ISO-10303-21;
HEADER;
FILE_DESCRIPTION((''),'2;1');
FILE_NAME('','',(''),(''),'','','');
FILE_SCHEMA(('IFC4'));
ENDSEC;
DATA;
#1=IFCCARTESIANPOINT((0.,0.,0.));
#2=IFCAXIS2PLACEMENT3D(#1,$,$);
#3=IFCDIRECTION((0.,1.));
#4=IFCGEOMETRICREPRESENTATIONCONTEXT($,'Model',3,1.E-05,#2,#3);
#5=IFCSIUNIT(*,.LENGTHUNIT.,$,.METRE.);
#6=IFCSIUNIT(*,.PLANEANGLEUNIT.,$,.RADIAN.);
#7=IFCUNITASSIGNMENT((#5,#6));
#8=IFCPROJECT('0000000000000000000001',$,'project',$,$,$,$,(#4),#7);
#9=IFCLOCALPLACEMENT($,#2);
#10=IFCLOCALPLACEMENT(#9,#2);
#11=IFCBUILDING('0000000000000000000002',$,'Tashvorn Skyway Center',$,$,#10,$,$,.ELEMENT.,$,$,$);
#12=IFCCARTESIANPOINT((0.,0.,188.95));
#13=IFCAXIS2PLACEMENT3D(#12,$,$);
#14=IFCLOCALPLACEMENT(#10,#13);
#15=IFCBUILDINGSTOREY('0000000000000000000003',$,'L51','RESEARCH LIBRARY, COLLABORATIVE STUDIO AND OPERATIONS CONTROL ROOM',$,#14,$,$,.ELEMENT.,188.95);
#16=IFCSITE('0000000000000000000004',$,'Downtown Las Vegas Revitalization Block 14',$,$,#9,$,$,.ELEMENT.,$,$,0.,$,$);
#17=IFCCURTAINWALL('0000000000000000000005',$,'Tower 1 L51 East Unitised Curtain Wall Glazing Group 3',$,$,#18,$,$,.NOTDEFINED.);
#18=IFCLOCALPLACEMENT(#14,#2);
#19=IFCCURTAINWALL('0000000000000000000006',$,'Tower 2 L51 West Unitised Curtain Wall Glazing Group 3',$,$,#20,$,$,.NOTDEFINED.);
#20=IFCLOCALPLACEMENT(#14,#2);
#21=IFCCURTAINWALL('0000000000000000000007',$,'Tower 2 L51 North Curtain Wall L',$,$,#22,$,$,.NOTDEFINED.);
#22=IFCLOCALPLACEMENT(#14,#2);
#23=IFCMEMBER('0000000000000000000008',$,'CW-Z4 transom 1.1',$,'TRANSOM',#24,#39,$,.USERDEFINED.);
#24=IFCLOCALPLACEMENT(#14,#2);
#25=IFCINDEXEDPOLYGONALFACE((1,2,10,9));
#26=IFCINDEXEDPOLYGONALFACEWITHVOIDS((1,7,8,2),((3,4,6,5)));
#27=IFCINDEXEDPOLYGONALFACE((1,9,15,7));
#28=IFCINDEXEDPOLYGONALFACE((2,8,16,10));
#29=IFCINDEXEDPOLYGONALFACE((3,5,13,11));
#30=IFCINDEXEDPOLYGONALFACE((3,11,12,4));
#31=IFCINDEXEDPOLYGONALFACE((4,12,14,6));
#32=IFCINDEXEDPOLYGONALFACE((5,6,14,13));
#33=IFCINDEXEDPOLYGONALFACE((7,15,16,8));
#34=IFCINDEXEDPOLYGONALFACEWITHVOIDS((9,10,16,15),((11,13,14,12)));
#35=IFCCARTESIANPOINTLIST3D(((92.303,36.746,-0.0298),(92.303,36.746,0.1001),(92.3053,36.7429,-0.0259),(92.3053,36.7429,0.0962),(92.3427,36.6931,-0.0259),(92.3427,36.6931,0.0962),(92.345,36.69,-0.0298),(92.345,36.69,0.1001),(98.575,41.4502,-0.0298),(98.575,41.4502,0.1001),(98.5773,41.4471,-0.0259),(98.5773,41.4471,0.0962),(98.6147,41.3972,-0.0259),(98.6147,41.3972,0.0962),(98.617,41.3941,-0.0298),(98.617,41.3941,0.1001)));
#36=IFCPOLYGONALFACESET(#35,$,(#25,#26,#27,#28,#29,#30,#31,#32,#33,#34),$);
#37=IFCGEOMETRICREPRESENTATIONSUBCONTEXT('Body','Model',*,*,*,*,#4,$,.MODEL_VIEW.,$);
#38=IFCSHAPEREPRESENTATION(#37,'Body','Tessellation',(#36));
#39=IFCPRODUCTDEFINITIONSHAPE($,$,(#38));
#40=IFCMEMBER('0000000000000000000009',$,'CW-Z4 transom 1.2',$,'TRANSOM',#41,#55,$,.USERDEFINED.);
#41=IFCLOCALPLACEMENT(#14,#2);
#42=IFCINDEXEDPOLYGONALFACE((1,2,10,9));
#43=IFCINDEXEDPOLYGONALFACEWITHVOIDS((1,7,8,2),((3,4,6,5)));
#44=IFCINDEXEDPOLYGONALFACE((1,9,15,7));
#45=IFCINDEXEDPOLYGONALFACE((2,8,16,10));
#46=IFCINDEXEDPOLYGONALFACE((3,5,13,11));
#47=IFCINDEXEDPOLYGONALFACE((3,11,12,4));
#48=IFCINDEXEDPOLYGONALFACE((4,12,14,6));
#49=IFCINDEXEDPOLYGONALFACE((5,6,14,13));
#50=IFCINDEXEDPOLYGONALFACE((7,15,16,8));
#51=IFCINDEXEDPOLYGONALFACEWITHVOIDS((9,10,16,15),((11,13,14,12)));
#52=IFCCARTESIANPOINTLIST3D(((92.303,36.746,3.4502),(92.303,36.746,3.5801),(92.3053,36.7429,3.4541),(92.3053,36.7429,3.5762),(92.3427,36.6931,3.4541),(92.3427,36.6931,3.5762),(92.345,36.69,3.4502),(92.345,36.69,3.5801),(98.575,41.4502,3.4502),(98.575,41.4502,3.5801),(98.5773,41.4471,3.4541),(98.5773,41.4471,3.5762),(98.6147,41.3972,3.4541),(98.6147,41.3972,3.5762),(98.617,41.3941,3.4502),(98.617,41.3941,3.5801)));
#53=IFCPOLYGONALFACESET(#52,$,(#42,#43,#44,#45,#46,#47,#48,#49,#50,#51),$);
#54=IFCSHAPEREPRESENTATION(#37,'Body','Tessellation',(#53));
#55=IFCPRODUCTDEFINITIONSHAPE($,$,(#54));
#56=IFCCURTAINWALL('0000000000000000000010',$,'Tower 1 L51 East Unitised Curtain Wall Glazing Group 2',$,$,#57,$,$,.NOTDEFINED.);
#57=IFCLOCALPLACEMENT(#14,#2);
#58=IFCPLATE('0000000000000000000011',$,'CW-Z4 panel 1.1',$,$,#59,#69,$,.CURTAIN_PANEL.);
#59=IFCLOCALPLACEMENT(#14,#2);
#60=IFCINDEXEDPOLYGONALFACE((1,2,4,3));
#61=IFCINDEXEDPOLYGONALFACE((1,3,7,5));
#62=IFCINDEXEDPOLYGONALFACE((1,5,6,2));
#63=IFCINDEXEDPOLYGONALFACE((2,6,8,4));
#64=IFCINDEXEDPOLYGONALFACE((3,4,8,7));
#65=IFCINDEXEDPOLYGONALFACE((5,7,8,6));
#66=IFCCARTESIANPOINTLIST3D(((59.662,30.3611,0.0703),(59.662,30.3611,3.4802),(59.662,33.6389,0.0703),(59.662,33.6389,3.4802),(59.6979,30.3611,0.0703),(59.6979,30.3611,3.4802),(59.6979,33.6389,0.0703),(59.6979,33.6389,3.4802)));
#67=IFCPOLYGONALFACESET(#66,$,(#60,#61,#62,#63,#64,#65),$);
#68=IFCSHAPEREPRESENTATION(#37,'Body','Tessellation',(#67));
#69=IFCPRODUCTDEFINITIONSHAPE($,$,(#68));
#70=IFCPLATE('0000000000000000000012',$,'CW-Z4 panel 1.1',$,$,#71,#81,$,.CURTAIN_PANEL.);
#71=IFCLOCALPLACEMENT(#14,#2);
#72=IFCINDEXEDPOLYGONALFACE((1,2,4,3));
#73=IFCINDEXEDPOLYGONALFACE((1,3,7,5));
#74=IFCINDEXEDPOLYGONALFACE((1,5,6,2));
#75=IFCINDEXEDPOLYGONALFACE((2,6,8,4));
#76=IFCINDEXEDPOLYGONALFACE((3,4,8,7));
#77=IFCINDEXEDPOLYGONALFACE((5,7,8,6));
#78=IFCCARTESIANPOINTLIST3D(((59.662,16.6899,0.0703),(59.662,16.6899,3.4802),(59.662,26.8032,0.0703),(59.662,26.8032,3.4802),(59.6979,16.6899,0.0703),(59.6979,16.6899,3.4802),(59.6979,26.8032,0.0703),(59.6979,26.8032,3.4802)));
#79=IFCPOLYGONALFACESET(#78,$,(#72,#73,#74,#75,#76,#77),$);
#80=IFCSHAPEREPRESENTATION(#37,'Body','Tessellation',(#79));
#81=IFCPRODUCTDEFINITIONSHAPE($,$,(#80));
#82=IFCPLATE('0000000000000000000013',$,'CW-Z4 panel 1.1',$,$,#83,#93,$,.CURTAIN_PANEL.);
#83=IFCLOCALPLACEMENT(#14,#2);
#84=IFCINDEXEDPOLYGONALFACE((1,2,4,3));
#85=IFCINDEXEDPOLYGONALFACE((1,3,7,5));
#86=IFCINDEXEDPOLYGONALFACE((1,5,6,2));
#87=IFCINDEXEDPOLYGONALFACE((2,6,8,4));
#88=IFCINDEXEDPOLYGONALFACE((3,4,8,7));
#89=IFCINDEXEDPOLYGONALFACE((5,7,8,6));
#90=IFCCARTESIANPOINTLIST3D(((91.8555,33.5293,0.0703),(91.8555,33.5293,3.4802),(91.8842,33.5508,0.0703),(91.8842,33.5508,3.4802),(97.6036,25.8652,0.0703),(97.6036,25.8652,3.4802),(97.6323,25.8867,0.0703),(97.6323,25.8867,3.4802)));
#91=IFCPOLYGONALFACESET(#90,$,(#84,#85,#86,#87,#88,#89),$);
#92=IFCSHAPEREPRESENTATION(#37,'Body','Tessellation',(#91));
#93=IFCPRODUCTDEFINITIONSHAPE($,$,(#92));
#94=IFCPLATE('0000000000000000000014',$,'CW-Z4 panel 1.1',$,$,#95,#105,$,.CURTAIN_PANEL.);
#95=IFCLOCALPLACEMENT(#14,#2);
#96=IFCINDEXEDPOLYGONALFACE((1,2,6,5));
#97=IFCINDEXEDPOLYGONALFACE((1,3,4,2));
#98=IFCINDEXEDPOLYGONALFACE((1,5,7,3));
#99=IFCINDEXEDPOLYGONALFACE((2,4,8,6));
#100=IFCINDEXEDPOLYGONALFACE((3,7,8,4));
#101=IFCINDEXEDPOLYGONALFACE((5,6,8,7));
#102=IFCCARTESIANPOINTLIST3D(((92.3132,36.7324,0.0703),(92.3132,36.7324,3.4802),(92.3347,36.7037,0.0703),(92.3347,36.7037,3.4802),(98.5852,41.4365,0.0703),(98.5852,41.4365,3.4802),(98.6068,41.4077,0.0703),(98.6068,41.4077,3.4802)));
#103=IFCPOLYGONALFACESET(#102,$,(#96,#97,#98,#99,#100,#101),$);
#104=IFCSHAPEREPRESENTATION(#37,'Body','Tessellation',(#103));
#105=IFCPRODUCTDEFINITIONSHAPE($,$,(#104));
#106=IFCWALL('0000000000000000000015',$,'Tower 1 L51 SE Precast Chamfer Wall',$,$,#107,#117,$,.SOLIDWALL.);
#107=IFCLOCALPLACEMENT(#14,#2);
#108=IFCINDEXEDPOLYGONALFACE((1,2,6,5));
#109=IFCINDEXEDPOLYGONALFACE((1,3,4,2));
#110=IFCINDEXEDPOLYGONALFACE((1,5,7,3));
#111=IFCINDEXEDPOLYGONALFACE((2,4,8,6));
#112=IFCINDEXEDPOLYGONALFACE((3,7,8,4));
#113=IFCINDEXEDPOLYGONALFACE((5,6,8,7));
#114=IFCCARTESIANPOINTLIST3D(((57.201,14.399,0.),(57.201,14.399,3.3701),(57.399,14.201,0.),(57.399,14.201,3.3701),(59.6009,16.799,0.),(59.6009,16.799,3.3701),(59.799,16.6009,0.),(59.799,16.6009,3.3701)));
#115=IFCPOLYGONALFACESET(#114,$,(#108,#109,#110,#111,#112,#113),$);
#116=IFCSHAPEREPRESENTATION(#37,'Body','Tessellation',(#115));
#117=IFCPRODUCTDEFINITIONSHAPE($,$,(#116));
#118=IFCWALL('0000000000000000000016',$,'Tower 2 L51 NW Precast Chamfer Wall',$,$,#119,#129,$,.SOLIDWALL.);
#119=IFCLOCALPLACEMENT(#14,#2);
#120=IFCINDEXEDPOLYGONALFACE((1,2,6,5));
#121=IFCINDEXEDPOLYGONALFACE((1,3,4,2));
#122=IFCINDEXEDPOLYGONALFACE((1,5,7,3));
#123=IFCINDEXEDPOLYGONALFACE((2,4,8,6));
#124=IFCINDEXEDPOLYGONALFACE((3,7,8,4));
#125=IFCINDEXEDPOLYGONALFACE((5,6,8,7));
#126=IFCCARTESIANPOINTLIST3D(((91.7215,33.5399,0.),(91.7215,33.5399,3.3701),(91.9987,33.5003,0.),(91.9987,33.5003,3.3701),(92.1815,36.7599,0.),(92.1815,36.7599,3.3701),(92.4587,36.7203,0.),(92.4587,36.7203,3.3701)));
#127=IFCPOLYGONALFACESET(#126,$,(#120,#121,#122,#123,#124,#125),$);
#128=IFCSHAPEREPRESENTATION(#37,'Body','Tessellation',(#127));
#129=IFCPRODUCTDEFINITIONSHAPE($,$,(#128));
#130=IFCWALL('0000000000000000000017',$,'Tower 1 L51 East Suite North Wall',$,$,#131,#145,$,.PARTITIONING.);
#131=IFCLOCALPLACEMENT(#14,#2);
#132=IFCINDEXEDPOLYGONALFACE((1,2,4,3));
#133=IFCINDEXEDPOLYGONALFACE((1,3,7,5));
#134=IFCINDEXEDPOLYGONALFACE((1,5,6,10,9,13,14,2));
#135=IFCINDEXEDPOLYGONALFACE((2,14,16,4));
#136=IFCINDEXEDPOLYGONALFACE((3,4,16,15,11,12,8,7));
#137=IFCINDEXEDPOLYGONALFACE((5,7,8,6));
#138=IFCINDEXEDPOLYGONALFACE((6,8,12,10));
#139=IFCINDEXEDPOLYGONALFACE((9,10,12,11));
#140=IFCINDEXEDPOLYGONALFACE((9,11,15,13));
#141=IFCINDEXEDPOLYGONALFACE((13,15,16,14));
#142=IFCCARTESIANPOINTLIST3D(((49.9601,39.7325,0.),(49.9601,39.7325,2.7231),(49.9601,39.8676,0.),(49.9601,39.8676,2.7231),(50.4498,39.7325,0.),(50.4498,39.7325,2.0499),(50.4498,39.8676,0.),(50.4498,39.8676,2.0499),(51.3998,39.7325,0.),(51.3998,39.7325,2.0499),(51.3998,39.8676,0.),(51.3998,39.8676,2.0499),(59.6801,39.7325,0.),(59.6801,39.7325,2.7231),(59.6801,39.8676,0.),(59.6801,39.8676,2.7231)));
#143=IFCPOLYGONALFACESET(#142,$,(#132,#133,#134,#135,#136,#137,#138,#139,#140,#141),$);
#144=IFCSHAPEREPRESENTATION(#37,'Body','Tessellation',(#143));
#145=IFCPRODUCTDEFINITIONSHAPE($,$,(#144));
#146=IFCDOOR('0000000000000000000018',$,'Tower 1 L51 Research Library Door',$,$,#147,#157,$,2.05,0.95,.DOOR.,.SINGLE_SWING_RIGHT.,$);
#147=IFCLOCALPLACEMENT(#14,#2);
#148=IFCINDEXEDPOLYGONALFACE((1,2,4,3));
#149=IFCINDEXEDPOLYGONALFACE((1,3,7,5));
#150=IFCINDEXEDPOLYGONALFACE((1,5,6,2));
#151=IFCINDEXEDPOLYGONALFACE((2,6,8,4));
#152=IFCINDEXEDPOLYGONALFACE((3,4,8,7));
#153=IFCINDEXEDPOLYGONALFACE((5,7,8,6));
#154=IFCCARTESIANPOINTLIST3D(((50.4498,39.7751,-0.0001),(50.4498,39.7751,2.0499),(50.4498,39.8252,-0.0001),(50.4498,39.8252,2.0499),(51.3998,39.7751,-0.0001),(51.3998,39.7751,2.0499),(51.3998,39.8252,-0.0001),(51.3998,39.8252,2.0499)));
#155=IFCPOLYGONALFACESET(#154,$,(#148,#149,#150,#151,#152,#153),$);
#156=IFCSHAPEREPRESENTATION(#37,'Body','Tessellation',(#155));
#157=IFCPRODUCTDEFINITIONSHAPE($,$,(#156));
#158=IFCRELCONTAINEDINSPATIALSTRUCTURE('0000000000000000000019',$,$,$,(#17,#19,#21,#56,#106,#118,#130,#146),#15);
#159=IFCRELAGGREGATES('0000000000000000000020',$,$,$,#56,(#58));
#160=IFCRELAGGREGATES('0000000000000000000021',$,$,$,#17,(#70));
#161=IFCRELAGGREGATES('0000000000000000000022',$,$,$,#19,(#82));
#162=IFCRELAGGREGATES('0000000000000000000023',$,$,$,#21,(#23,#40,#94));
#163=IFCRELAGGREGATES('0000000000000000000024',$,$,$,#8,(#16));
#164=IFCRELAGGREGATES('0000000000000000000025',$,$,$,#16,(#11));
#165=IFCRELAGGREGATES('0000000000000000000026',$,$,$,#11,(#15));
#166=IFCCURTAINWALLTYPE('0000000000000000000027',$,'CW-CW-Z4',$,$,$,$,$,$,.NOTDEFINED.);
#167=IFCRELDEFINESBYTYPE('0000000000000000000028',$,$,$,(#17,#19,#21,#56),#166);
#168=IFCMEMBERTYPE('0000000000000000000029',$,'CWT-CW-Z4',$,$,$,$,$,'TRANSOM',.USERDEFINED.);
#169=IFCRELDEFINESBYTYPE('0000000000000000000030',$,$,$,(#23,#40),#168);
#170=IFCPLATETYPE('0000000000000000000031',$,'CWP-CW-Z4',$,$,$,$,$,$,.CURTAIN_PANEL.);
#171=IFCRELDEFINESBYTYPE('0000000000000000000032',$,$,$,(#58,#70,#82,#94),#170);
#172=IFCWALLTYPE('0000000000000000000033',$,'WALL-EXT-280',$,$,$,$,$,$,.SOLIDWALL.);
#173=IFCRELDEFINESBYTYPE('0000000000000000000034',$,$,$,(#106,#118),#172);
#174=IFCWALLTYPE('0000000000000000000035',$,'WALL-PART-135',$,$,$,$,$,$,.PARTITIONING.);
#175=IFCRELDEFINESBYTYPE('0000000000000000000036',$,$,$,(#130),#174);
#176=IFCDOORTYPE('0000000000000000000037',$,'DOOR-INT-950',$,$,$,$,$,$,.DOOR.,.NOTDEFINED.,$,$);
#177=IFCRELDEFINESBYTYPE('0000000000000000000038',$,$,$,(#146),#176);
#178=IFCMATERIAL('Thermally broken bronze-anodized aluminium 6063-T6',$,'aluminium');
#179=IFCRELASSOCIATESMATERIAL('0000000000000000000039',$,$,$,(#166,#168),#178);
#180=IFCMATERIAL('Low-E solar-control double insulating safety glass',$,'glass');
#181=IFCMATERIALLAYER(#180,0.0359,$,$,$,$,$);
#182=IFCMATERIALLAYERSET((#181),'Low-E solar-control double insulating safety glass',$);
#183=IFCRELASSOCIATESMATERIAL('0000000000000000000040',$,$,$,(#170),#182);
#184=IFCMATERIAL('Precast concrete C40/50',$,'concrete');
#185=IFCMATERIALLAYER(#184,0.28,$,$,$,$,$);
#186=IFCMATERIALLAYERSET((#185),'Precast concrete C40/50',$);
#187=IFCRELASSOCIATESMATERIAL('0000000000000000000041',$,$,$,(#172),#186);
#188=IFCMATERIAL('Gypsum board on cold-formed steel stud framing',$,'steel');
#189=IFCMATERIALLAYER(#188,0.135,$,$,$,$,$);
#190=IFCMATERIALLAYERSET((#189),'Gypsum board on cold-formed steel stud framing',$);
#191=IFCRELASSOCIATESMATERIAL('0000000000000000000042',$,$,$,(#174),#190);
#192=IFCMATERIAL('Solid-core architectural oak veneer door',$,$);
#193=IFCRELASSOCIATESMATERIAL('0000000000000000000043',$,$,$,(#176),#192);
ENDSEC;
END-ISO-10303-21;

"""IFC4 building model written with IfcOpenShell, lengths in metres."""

from ifc_helpers import new_model, si_unit, direction, frame, frame_2d, origin, origin_2d, place, context, subcontext, project, spatial, rectangle, hollow_rectangle, extrude, material, layer, layer_set, material_profile, profile_set, type_object, element, fill, aggregate, save


model = new_model("IFC4")

# Units and contexts
model_context = context("Model", 3, precision=1e-05, world=origin(), true_north=direction((0.0, 1.0)))
body_context = subcontext(model_context, "Body", "Model", "MODEL_VIEW")
ifc_project = project(units=[si_unit("LENGTHUNIT", "METRE"), si_unit("PLANEANGLEUNIT", "RADIAN")], contexts=[model_context])

# Site, building, storey
site_placement = place(None, origin())
site = spatial("IfcSite", under=ifc_project, at=site_placement, Name="Downtown Las Vegas Revitalization Block 14", CompositionType="ELEMENT", RefElevation=0.0)
building_placement = place(site_placement, origin())
building = spatial("IfcBuilding", under=site, at=building_placement, Name="Tashvorn Skyway Center", CompositionType="ELEMENT")
storey_placement = place(building_placement, frame((0.0, 0.0, 188.95)))
storey = spatial("IfcBuildingStorey", under=building, at=storey_placement, Name="L51", Description="RESEARCH LIBRARY, COLLABORATIVE STUDIO AND OPERATIONS CONTROL ROOM", CompositionType="ELEMENT", Elevation=188.95)

# Curtain wall
ifc_material_1 = material(Name="Thermally broken bronze-anodized aluminium 6063-T6", Category="aluminium")
curtain_wall_type = type_object("IfcCurtainWallType", Name="CW-CW-Z4", PredefinedType="NOTDEFINED", material=ifc_material_1)
curtain_wall_1_placement = place(storey_placement, origin())
curtain_wall_1 = element("IfcCurtainWall", 1, at=curtain_wall_1_placement, inside=storey, type_object=curtain_wall_type, Name="Tower 1 L51 East Unitised Curtain Wall Glazing Group 3", PredefinedType="NOTDEFINED")

# Curtain walls
curtain_wall_2_placement = place(storey_placement, origin())
curtain_wall_2 = element("IfcCurtainWall", 2, at=curtain_wall_2_placement, inside=storey, type_object=curtain_wall_type, Name="Tower 2 L51 West Unitised Curtain Wall Glazing Group 3", PredefinedType="NOTDEFINED")
curtain_wall_3_placement = place(storey_placement, origin())
curtain_wall_3 = element("IfcCurtainWall", 3, at=curtain_wall_3_placement, inside=storey, type_object=curtain_wall_type, Name="Tower 2 L51 North Curtain Wall L", PredefinedType="NOTDEFINED")

# Members
ifc_material_profile_1 = material_profile(ifc_material_1, hollow_rectangle(XDim=0.0701, YDim=0.1299, WallThickness=0.0039, at=origin_2d()), Name="ALU-TRAN-70x130")
ifc_profile_set_1 = profile_set([ifc_material_profile_1], Name="Thermally broken bronze-anodized aluminium 6063-T6")
member_type_1 = type_object("IfcMemberType", Name="CWT-CW-Z4", ElementType="TRANSOM", PredefinedType="USERDEFINED", material=ifc_profile_set_1)
member_1_placement = place(storey_placement, frame((92.324, 36.718, 0.0352), z_axis=(0.799993, 0.60001, 0.0), x_axis=(-0.60001, 0.799993, 0.0)))
member_1 = element("IfcMember", 4, at=member_1_placement, type_object=member_type_1, Name="CW-Z4 transom 1.1", ObjectType="TRANSOM", PredefinedType="USERDEFINED", context=body_context, shape_type="SweptSolid", body=[
    extrude(hollow_rectangle(XDim=0.0701, YDim=0.1299, WallThickness=0.0039, at=origin_2d()), origin(), (0.0, 0.0, 1.0), 7.8401),
])
member_2_placement = place(storey_placement, frame((92.324, 36.718, 3.5151), z_axis=(0.799993, 0.60001, 0.0), x_axis=(-0.60001, 0.799993, 0.0)))
member_2 = element("IfcMember", 5, at=member_2_placement, type_object=member_type_1, Name="CW-Z4 transom 1.2", ObjectType="TRANSOM", PredefinedType="USERDEFINED", context=body_context, shape_type="SweptSolid", body=[
    extrude(hollow_rectangle(XDim=0.0701, YDim=0.1299, WallThickness=0.0039, at=origin_2d()), origin(), (0.0, 0.0, 1.0), 7.8401),
])

# Curtain wall, plate
curtain_wall_4_placement = place(storey_placement, origin())
curtain_wall_4 = element("IfcCurtainWall", 6, at=curtain_wall_4_placement, inside=storey, type_object=curtain_wall_type, Name="Tower 1 L51 East Unitised Curtain Wall Glazing Group 2", PredefinedType="NOTDEFINED")
ifc_material_2 = material(Name="Low-E solar-control double insulating safety glass", Category="glass")
ifc_layer_1 = layer(ifc_material_2, 0.0359)
ifc_layer_set_1 = layer_set([ifc_layer_1], Name="Low-E solar-control double insulating safety glass")
plate_type = type_object("IfcPlateType", Name="CWP-CW-Z4", PredefinedType="CURTAIN_PANEL", material=ifc_layer_set_1)
plate_1_placement = place(storey_placement, frame((59.6799, 32.0, 0.0703), z_axis=(0.0, 0.0, 1.0), x_axis=(0.0, -1.0, 0.0)))
plate_1 = element("IfcPlate", 7, at=plate_1_placement, type_object=plate_type, Name="CW-Z4 panel 1.1", PredefinedType="CURTAIN_PANEL", context=body_context, shape_type="SweptSolid", body=[
    extrude(rectangle(XDim=3.2778, YDim=0.0359, at=origin_2d()), origin(), (0.0, 0.0, 1.0), 3.4099),
])
aggregate(curtain_wall_4, [plate_1])

# Plates
plate_2_placement = place(storey_placement, frame((59.6799, 21.7466, 0.0703), z_axis=(0.0, 0.0, 1.0), x_axis=(0.0, -1.0, 0.0)))
plate_2 = element("IfcPlate", 8, at=plate_2_placement, type_object=plate_type, Name="CW-Z4 panel 1.1", PredefinedType="CURTAIN_PANEL", context=body_context, shape_type="SweptSolid", body=[
    extrude(rectangle(XDim=10.1133, YDim=0.0359, at=origin_2d()), origin(), (0.0, 0.0, 1.0), 3.4099),
])
aggregate(curtain_wall_1, [plate_2])
plate_3_placement = place(storey_placement, frame((94.7439, 29.708, 0.0703), z_axis=(0.0, 0.0, 1.0), x_axis=(-0.6, 0.8, 0.0)))
plate_3 = element("IfcPlate", 9, at=plate_3_placement, type_object=plate_type, Name="CW-Z4 panel 1.1", PredefinedType="CURTAIN_PANEL", context=body_context, shape_type="SweptSolid", body=[
    extrude(rectangle(XDim=9.5801, YDim=0.0359, at=origin_2d()), origin(), (0.0, 0.0, 1.0), 3.4099),
])
aggregate(curtain_wall_2, [plate_3])
plate_4_placement = place(storey_placement, frame((95.46, 39.0701, 0.0703), z_axis=(0.0, 0.0, 1.0), x_axis=(0.8, 0.6, 0.0)))
plate_4 = element("IfcPlate", 10, at=plate_4_placement, type_object=plate_type, Name="CW-Z4 panel 1.1", PredefinedType="CURTAIN_PANEL", context=body_context, shape_type="SweptSolid", body=[
    extrude(rectangle(XDim=7.8401, YDim=0.0359, at=origin_2d()), origin(), (0.0, 0.0, 1.0), 3.4099),
])
aggregate(curtain_wall_3, [member_1, member_2, plate_4])

# Walls
ifc_material_3 = material(Name="Precast concrete C40/50", Category="concrete")
ifc_layer_2 = layer(ifc_material_3, 0.28)
ifc_layer_set_2 = layer_set([ifc_layer_2], Name="Precast concrete C40/50")
wall_type_1 = type_object("IfcWallType", Name="WALL-EXT-280", PredefinedType="SOLIDWALL", material=ifc_layer_set_2)
wall_1_placement = place(storey_placement, frame((59.7, 16.7, 0.0), z_axis=(0.0, 0.0, 1.0), x_axis=(-0.707107, -0.707107, 0.0)))
element("IfcWall", 11, at=wall_1_placement, inside=storey, type_object=wall_type_1, Name="Tower 1 L51 SE Precast Chamfer Wall", PredefinedType="SOLIDWALL", context=body_context, shape_type="SweptSolid", body=[
    extrude(rectangle(XDim=3.394, YDim=0.28, at=frame_2d((1.697, 0.0))), origin(), (0.0, 0.0, 1.0), 3.3701),
])
wall_2_placement = place(storey_placement, frame((91.8601, 33.52, 0.0), z_axis=(0.0, 0.0, 1.0), x_axis=(0.141411, 0.989951, 0.0)))
element("IfcWall", 12, at=wall_2_placement, inside=storey, type_object=wall_type_1, Name="Tower 2 L51 NW Precast Chamfer Wall", PredefinedType="SOLIDWALL", context=body_context, shape_type="SweptSolid", body=[
    extrude(rectangle(XDim=3.2527, YDim=0.28, at=frame_2d((1.6265, 0.0))), origin(), (0.0, 0.0, 1.0), 3.3701),
])

# Wall, opening, door
ifc_material_4 = material(Name="Gypsum board on cold-formed steel stud framing", Category="steel")
ifc_layer_3 = layer(ifc_material_4, 0.135)
ifc_layer_set_3 = layer_set([ifc_layer_3], Name="Gypsum board on cold-formed steel stud framing")
wall_type_2 = type_object("IfcWallType", Name="WALL-PART-135", PredefinedType="PARTITIONING", material=ifc_layer_set_3)
wall_3_placement = place(storey_placement, frame((59.6799, 39.8, 0.0), z_axis=(0.0, 0.0, 1.0), x_axis=(-1.0, 0.0, 0.0)))
wall_3 = element("IfcWall", 13, at=wall_3_placement, inside=storey, type_object=wall_type_2, Name="Tower 1 L51 East Suite North Wall", PredefinedType="PARTITIONING", context=body_context, shape_type="SweptSolid", body=[
    extrude(rectangle(XDim=9.72, YDim=0.135, at=frame_2d((4.8599, 0.0))), origin(), (0.0, 0.0, 1.0), 2.7231),
])
opening_1_placement = place(wall_3_placement, frame((8.28, 0.0, 0.0)))
opening_1 = element("IfcOpeningElement", 14, at=opening_1_placement, cuts=wall_3, PredefinedType="OPENING", context=body_context, shape_type="SweptSolid", body=[
    extrude(rectangle(XDim=0.95, YDim=2.05, at=frame_2d((0.4751, 1.0249))), frame((0.0, 0.0774, 0.0), z_axis=(0.0, -1.0, 0.0), x_axis=(1.0, 0.0, 0.0)), (0.0, 0.0, 1.0), 0.155),
])
ifc_material_5 = material(Name="Solid-core architectural oak veneer door")
door_type = type_object("IfcDoorType", Name="DOOR-INT-950", OperationType="NOTDEFINED", PredefinedType="DOOR", material=ifc_material_5)
door_1_placement = place(opening_1_placement, origin())
door_1 = element("IfcDoor", 15, at=door_1_placement, inside=storey, type_object=door_type, Name="Tower 1 L51 Research Library Door", OperationType="SINGLE_SWING_RIGHT", OverallHeight=2.05, OverallWidth=0.95, PredefinedType="DOOR", context=body_context, shape_type="SweptSolid", body=[
    extrude(rectangle(XDim=0.95, YDim=2.05, at=frame_2d((0.4751, 1.0249))), frame((0.0, 0.0249, 0.0), z_axis=(0.0, -1.0, 0.0), x_axis=(1.0, 0.0, 0.0)), (0.0, 0.0, 1.0), 0.05),
])
fill(opening_1, door_1)

save(model, "model.ifc")
